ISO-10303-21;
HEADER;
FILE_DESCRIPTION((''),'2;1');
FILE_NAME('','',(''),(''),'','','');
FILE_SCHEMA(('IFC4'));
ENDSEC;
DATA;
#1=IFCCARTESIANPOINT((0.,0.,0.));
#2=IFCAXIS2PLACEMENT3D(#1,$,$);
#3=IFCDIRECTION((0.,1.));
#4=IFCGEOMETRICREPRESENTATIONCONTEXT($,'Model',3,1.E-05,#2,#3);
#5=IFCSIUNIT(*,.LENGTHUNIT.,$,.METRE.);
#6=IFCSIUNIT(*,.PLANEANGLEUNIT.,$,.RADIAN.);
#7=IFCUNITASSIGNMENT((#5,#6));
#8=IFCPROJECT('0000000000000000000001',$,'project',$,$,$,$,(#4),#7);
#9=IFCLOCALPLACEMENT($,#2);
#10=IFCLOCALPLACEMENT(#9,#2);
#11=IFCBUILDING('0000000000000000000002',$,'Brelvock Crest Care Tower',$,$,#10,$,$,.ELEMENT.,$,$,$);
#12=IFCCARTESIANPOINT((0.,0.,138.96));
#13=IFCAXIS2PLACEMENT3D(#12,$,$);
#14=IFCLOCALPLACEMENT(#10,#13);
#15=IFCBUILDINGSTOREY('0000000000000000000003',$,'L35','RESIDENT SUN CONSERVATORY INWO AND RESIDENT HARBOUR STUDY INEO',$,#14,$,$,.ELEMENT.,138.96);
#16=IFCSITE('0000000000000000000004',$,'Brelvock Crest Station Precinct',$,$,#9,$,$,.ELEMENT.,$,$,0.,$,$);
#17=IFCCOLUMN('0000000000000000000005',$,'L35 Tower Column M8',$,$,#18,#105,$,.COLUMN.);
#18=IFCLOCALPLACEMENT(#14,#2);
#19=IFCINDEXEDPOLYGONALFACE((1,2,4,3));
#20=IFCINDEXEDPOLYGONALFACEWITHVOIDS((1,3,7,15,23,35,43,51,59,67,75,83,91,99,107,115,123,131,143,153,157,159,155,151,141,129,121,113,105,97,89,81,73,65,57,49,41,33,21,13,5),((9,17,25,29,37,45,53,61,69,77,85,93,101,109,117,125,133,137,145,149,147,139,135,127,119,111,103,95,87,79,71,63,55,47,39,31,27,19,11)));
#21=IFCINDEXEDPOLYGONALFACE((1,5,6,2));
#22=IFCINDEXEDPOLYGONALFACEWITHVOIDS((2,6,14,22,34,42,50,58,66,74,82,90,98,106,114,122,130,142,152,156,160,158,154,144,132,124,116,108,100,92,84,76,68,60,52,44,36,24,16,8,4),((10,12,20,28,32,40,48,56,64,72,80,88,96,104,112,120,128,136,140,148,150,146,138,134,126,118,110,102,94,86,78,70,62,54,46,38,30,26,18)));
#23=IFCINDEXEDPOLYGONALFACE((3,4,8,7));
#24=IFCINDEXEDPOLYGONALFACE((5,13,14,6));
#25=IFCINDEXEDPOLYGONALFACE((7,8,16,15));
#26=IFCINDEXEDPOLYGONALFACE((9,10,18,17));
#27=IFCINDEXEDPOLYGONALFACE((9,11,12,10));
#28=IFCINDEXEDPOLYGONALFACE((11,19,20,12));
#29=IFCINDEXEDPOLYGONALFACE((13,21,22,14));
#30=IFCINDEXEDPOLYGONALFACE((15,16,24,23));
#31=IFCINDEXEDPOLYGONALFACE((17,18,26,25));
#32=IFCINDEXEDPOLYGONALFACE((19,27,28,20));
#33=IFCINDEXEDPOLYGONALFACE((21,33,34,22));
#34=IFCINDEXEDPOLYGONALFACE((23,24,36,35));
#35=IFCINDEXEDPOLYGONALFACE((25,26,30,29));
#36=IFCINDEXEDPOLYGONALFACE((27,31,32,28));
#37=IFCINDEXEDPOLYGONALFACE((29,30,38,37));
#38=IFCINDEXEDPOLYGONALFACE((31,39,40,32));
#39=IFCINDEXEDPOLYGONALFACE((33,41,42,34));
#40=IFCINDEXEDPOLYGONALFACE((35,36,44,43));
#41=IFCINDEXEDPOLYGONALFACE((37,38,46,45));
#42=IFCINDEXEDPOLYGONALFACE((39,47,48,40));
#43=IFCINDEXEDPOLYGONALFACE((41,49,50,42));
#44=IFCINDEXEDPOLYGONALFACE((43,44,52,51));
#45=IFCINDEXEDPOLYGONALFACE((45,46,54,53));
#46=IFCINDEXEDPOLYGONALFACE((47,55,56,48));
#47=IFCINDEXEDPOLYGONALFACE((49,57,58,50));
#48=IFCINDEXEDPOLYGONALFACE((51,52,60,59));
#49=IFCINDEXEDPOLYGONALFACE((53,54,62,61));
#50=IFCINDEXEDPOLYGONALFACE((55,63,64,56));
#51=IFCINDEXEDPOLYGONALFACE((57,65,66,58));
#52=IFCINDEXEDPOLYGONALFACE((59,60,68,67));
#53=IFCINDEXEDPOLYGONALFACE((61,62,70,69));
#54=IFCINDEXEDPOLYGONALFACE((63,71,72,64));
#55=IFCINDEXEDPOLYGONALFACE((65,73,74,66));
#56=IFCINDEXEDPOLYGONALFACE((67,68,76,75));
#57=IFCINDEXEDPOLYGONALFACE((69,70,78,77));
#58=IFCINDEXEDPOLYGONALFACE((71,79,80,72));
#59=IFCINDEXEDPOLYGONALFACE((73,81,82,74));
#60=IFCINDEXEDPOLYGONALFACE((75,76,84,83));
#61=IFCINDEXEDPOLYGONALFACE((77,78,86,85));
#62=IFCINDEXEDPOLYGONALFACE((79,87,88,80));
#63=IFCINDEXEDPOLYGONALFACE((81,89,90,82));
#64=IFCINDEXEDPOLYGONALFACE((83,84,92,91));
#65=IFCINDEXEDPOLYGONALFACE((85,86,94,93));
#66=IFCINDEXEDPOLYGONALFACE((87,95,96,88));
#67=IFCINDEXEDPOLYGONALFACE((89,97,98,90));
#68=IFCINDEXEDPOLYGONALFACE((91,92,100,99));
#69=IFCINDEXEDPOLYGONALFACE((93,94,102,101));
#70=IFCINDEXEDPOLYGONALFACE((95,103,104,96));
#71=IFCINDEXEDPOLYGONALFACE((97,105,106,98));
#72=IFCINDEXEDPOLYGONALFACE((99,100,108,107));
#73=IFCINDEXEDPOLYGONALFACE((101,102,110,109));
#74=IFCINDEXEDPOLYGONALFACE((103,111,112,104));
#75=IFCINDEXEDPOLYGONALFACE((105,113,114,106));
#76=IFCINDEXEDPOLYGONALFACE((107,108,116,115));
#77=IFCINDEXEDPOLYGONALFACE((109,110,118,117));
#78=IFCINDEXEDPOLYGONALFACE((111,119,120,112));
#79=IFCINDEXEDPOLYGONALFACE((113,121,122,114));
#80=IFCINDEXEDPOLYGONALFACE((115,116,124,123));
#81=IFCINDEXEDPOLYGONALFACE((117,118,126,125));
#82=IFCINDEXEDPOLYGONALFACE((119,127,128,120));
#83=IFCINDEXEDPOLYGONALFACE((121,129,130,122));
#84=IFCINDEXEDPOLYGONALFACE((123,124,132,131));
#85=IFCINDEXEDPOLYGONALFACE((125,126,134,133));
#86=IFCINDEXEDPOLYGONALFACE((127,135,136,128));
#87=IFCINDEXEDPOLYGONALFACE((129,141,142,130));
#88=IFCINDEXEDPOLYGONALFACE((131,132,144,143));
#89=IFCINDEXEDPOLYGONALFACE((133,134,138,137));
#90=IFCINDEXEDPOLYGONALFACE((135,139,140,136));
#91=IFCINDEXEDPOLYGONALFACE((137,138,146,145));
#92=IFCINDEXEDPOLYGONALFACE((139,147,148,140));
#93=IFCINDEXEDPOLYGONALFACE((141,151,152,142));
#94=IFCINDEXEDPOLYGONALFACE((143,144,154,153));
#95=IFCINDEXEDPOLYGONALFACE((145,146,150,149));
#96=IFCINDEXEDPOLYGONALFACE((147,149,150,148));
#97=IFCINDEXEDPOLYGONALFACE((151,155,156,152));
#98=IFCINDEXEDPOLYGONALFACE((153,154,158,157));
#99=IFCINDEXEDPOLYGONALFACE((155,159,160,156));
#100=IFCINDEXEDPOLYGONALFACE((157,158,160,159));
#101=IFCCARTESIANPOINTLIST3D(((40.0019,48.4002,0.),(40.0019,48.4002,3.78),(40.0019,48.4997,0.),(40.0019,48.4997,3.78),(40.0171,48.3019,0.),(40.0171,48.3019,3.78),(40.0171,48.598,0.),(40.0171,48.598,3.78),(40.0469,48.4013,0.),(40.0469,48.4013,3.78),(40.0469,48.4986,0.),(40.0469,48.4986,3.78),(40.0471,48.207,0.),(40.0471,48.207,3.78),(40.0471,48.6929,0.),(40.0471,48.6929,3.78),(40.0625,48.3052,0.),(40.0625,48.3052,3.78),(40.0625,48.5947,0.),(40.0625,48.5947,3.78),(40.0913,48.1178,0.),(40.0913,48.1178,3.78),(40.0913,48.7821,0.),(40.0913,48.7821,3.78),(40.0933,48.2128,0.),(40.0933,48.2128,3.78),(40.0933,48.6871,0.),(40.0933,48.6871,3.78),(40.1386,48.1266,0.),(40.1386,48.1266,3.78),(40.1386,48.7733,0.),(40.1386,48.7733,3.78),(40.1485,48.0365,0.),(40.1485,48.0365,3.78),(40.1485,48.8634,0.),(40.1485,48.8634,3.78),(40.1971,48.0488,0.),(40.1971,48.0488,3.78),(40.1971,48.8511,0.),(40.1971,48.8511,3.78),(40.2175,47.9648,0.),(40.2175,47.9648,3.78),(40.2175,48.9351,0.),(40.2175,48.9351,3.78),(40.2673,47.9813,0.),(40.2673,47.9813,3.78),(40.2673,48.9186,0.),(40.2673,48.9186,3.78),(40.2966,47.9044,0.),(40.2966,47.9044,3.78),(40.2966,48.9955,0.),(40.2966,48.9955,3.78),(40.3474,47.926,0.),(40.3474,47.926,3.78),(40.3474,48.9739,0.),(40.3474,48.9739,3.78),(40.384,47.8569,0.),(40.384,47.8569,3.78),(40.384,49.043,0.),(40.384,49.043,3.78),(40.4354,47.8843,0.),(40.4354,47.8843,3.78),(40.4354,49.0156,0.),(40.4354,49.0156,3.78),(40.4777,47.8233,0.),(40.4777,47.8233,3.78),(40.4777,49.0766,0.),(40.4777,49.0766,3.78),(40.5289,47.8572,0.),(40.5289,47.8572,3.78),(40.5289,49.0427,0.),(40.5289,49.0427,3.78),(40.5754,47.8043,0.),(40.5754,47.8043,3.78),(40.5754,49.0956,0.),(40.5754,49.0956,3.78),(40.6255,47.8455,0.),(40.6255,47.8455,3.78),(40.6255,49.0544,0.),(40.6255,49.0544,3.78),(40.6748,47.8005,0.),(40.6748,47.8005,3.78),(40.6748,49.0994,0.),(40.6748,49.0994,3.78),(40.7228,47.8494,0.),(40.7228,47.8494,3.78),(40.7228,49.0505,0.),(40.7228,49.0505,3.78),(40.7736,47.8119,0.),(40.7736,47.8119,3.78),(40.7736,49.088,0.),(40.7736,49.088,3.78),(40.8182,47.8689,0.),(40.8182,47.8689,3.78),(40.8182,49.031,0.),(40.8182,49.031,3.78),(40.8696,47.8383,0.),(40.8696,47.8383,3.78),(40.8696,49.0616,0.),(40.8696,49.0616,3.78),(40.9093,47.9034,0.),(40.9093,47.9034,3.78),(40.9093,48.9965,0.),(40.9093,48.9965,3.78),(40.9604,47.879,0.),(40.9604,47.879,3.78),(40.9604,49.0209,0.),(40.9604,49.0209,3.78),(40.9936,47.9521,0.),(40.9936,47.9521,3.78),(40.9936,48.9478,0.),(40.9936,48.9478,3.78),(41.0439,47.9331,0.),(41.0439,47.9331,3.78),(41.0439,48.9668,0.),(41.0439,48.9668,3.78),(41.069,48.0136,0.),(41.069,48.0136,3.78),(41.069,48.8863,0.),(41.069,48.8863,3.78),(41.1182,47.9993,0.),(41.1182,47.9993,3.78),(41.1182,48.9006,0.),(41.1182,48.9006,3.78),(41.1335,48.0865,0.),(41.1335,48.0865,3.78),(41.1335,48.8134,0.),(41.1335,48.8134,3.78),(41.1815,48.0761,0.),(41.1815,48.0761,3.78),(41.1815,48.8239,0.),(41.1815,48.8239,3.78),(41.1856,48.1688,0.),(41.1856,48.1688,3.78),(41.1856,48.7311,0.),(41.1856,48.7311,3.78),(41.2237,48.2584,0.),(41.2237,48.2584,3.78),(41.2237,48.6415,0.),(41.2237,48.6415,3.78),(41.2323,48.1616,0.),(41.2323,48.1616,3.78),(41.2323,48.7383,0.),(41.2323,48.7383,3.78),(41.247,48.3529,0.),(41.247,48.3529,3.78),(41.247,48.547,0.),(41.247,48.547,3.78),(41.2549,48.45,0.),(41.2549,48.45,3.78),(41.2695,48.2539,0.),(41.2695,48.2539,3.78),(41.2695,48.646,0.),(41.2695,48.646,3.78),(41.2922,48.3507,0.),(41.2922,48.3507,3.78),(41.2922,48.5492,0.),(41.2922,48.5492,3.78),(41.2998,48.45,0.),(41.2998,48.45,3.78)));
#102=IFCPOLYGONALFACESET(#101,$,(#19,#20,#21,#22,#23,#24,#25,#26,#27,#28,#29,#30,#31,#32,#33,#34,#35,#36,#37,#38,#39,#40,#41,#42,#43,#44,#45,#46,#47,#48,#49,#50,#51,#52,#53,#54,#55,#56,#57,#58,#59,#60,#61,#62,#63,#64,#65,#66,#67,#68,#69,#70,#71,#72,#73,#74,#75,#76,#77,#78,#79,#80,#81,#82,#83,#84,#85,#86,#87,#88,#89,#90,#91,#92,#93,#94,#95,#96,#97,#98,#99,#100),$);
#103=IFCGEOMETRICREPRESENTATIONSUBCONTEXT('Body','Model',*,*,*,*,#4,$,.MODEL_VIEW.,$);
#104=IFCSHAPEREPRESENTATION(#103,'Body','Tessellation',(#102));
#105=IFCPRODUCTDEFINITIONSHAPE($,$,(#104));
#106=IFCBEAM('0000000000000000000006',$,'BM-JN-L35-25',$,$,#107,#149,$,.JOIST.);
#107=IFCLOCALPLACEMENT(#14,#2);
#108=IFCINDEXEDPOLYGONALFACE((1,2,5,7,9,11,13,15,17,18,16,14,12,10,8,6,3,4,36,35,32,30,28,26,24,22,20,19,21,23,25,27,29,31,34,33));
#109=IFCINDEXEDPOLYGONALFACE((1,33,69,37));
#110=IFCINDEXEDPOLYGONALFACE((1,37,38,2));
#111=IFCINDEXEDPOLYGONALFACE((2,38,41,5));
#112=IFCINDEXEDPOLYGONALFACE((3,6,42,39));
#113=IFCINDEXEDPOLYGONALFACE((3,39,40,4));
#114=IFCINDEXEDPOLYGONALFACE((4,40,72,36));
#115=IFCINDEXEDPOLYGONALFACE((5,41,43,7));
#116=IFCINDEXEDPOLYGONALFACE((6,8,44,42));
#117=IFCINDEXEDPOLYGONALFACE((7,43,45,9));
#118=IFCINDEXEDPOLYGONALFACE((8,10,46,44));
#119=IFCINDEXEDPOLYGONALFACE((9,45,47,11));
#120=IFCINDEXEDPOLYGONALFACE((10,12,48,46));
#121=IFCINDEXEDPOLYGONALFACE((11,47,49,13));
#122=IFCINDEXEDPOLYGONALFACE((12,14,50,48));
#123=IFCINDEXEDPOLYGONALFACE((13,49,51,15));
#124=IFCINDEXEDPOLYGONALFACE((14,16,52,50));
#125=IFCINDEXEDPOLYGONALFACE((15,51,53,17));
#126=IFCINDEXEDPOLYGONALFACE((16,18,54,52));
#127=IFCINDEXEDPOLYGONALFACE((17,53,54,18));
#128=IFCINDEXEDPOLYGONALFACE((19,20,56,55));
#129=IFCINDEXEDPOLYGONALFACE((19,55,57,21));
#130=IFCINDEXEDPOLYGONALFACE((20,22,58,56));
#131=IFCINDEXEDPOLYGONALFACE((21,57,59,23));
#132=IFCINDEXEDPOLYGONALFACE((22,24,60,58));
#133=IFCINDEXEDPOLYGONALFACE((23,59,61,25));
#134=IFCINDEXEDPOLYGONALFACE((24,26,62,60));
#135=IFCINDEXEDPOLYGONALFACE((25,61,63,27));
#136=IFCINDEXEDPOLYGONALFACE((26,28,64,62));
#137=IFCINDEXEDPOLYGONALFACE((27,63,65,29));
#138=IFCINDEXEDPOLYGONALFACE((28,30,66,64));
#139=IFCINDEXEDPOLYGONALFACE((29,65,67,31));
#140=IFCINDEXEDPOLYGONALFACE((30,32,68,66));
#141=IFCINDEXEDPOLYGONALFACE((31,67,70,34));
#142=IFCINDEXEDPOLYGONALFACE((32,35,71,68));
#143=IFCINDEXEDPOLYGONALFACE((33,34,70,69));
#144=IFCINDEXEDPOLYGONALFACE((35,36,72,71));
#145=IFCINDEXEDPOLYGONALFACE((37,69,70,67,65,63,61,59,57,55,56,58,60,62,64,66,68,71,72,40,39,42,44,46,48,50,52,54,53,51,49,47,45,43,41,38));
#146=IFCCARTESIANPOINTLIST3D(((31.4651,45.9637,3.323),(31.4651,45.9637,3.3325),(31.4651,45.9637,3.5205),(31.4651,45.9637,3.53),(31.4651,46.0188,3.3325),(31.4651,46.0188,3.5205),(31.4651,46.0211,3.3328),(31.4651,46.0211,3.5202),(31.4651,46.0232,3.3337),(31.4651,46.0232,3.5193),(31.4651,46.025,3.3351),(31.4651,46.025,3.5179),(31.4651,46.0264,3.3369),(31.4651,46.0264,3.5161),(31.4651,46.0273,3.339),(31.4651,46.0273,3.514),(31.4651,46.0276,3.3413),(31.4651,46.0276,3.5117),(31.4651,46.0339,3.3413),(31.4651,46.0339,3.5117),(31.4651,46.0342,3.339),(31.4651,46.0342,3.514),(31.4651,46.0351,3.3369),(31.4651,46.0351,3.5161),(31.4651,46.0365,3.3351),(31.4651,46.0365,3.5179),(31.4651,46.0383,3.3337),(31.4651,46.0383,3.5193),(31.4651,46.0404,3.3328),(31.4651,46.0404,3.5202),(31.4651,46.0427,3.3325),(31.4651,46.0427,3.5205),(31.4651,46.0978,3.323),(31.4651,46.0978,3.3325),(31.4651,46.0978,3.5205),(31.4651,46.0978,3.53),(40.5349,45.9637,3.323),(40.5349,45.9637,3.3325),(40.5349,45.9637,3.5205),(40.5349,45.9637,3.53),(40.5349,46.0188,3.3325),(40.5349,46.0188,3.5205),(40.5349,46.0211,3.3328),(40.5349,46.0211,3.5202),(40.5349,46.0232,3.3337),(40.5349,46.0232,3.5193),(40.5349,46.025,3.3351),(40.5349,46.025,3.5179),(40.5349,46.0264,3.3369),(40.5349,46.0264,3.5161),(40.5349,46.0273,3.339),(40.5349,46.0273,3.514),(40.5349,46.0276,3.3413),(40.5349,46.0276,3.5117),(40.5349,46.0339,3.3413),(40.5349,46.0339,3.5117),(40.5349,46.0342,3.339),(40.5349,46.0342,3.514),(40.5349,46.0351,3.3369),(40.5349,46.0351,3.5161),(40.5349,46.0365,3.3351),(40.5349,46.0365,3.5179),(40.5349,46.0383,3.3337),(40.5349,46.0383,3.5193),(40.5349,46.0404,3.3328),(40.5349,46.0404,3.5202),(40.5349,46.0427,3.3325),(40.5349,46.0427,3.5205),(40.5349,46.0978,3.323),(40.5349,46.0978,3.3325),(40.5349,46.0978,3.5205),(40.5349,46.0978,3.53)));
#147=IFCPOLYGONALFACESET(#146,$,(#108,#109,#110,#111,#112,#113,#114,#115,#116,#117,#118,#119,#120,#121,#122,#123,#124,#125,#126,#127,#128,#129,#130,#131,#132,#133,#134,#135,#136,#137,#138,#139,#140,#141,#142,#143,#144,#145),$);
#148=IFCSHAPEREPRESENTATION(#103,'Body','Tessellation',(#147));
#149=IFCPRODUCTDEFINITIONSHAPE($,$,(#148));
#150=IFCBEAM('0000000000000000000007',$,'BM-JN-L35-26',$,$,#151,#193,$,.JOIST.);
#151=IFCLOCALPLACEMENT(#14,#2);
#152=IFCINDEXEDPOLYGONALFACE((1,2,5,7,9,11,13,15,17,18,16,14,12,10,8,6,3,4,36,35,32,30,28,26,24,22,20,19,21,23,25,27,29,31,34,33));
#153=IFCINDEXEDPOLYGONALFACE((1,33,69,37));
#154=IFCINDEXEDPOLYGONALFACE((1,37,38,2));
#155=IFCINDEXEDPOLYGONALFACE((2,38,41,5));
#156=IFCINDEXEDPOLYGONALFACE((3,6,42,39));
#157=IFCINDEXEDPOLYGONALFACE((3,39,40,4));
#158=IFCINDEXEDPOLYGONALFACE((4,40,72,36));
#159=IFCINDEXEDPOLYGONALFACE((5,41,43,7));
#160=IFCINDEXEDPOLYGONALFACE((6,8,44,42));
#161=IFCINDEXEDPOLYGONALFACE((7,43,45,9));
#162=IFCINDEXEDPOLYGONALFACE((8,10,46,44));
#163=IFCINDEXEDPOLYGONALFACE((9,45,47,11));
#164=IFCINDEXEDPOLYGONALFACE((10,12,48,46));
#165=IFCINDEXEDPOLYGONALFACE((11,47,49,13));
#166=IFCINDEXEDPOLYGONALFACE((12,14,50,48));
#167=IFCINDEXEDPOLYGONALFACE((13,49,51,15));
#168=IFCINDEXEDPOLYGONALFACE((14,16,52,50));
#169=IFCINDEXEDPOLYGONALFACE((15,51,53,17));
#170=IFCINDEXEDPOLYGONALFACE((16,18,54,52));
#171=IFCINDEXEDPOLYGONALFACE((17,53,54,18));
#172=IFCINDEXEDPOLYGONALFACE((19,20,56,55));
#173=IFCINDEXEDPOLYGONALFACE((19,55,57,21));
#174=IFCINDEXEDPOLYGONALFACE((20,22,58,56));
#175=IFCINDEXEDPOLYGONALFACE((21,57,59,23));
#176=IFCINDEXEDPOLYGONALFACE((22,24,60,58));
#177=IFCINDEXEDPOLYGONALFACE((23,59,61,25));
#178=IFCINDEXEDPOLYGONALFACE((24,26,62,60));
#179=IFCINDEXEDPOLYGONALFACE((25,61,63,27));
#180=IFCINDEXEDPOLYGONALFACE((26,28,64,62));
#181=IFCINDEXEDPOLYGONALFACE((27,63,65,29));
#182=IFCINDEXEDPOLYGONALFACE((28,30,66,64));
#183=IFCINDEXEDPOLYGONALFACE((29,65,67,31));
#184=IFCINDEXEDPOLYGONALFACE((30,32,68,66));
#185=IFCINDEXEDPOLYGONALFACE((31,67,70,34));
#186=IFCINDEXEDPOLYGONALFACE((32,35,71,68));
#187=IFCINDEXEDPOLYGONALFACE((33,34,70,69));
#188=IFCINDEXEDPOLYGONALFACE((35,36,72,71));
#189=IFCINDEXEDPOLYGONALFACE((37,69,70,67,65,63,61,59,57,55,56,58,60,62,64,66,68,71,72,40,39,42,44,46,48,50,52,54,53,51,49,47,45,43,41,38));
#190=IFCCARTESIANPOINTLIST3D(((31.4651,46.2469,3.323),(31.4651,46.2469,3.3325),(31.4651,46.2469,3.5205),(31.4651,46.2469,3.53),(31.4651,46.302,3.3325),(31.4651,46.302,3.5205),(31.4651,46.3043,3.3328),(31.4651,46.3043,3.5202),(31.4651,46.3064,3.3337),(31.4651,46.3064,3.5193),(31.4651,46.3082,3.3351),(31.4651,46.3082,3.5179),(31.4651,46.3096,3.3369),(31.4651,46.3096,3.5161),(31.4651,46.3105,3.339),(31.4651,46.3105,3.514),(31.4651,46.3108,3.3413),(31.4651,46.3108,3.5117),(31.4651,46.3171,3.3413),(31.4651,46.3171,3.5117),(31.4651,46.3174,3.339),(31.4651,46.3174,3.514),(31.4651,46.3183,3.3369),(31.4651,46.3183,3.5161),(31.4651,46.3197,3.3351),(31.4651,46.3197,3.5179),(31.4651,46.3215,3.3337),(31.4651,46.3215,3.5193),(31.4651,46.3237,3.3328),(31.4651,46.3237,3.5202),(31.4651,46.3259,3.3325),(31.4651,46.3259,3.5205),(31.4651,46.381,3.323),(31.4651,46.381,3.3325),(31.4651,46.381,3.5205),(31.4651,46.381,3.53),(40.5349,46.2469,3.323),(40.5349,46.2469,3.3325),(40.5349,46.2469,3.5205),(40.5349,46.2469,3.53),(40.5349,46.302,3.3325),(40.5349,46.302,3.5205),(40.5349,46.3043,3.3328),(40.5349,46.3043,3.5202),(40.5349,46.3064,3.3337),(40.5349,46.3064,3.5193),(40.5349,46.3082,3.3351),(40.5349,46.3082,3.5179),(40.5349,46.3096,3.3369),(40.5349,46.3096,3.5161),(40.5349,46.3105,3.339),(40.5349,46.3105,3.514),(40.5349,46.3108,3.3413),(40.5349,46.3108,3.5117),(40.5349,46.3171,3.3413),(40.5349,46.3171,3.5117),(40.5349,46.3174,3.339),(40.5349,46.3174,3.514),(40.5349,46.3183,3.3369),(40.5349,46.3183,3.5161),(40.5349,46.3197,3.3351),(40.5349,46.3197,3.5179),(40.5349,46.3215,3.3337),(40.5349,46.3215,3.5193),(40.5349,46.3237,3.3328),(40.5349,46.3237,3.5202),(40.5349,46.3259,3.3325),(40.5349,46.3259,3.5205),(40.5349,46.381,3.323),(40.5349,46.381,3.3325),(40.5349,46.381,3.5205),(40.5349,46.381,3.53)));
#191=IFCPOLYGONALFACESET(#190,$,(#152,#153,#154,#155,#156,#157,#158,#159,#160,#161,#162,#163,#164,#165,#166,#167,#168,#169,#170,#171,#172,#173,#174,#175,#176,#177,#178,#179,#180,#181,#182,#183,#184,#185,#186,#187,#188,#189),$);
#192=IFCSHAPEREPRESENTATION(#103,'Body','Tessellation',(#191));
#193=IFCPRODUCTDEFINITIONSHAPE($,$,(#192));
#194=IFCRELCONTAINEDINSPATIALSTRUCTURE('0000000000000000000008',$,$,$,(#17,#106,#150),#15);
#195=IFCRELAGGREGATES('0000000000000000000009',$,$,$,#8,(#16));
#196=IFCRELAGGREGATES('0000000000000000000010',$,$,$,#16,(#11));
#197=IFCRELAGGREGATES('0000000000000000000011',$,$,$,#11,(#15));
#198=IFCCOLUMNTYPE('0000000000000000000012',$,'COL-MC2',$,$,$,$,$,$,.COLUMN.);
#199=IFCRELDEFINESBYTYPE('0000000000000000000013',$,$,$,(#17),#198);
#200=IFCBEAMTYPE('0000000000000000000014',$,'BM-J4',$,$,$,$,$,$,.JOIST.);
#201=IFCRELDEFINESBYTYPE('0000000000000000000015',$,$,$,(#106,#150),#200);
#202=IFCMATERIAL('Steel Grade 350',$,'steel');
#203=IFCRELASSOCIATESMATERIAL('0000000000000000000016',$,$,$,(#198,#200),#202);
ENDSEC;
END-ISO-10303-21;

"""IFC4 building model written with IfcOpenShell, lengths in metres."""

from ifc_helpers import new_model, si_unit, direction, frame, origin, origin_2d, place, context, subcontext, project, spatial, hollow_circle, i_section, extrude, source, transform, mapped, material, material_profile, profile_set, type_object, element, save


model = new_model("IFC4")

# Units and contexts
model_context = context("Model", 3, precision=1e-05, world=origin(), true_north=direction((0.0, 1.0)))
body_context = subcontext(model_context, "Body", "Model", "MODEL_VIEW")
ifc_project = project(units=[si_unit("LENGTHUNIT", "METRE"), si_unit("PLANEANGLEUNIT", "RADIAN")], contexts=[model_context])

# Site, building, storey
site_placement = place(None, origin())
site = spatial("IfcSite", under=ifc_project, at=site_placement, Name="Brelvock Crest Station Precinct", CompositionType="ELEMENT", RefElevation=0.0)
building_placement = place(site_placement, origin())
building = spatial("IfcBuilding", under=site, at=building_placement, Name="Brelvock Crest Care Tower", CompositionType="ELEMENT")
storey_placement = place(building_placement, frame((0.0, 0.0, 138.96)))
storey = spatial("IfcBuildingStorey", under=building, at=storey_placement, Name="L35", Description="RESIDENT SUN CONSERVATORY INWO AND RESIDENT HARBOUR STUDY INEO", CompositionType="ELEMENT", Elevation=138.96)

# Column
ifc_material_1 = material(Name="Steel Grade 350", Category="steel")
ifc_material_profile_1 = material_profile(ifc_material_1, hollow_circle(Radius=0.6499, WallThickness=0.0449, at=origin_2d()), Name="CFT1300x45")
ifc_profile_set_1 = profile_set([ifc_material_profile_1], Name="Steel Grade 350")
column_type = type_object("IfcColumnType", Name="COL-MC2", PredefinedType="COLUMN", material=ifc_profile_set_1)
shared_shape_1 = source(origin(), body_context, "Body", "SweptSolid", [
    extrude(hollow_circle(Radius=0.6499, WallThickness=0.0449, at=origin_2d()), origin(), (0.0, 0.0, 1.0), 3.78),
])
column_placement = place(storey_placement, frame((40.6499, 48.45, 0.0), z_axis=(0.0, 0.0, 1.0), x_axis=(1.0, 0.0, 0.0)))
element("IfcColumn", 1, at=column_placement, inside=storey, type_object=column_type, Name="L35 Tower Column M8", PredefinedType="COLUMN", context=body_context, shape_type="MappedRepresentation", body=[
    mapped(shared_shape_1, transform((0.0, 0.0, 0.0), x_axis=(1.0, 0.0, 0.0), y_axis=(0.0, 1.0, 0.0), z_axis=(0.0, 0.0, 1.0), scale=1.0)),
])

# Beams
ifc_material_profile_2 = material_profile(ifc_material_1, i_section(OverallWidth=0.134, OverallDepth=0.207, WebThickness=0.0063, FlangeThickness=0.0095, FilletRadius=0.0088, at=origin_2d()), Name="200UB29.8")
ifc_profile_set_2 = profile_set([ifc_material_profile_2], Name="Steel Grade 350")
beam_type_1 = type_object("IfcBeamType", Name="BM-J4", PredefinedType="JOIST", material=ifc_profile_set_2)
shared_shape_2 = source(origin(), body_context, "Body", "SweptSolid", [
    extrude(i_section(OverallWidth=0.134, OverallDepth=0.207, WebThickness=0.0063, FlangeThickness=0.0095, FilletRadius=0.0088, at=origin_2d()), origin(), (0.0, 0.0, 1.0), 9.0698),
])
for number, where, z_axis, x_axis, name in (
    (2, (31.4651, 46.0308, 3.4265), (1.0, 0.0, 0.0), (0.0, 1.0, 0.0), "BM-JN-L35-25"),
    (3, (31.4651, 46.314, 3.4265), (1.0, 0.0, 0.0), (0.0, 1.0, 0.0), "BM-JN-L35-26"),
):
    element("IfcBeam", number, at=place(storey_placement, frame(where, z_axis=z_axis, x_axis=x_axis)), inside=storey, type_object=beam_type_1, Name=name, PredefinedType="JOIST", context=body_context, shape_type="MappedRepresentation", body=[
        mapped(shared_shape_2, transform((0.0, 0.0, 0.0), x_axis=(1.0, 0.0, 0.0), y_axis=(0.0, 1.0, 0.0), z_axis=(0.0, 0.0, 1.0), scale=1.0)),
    ])

save(model, "model.ifc")
